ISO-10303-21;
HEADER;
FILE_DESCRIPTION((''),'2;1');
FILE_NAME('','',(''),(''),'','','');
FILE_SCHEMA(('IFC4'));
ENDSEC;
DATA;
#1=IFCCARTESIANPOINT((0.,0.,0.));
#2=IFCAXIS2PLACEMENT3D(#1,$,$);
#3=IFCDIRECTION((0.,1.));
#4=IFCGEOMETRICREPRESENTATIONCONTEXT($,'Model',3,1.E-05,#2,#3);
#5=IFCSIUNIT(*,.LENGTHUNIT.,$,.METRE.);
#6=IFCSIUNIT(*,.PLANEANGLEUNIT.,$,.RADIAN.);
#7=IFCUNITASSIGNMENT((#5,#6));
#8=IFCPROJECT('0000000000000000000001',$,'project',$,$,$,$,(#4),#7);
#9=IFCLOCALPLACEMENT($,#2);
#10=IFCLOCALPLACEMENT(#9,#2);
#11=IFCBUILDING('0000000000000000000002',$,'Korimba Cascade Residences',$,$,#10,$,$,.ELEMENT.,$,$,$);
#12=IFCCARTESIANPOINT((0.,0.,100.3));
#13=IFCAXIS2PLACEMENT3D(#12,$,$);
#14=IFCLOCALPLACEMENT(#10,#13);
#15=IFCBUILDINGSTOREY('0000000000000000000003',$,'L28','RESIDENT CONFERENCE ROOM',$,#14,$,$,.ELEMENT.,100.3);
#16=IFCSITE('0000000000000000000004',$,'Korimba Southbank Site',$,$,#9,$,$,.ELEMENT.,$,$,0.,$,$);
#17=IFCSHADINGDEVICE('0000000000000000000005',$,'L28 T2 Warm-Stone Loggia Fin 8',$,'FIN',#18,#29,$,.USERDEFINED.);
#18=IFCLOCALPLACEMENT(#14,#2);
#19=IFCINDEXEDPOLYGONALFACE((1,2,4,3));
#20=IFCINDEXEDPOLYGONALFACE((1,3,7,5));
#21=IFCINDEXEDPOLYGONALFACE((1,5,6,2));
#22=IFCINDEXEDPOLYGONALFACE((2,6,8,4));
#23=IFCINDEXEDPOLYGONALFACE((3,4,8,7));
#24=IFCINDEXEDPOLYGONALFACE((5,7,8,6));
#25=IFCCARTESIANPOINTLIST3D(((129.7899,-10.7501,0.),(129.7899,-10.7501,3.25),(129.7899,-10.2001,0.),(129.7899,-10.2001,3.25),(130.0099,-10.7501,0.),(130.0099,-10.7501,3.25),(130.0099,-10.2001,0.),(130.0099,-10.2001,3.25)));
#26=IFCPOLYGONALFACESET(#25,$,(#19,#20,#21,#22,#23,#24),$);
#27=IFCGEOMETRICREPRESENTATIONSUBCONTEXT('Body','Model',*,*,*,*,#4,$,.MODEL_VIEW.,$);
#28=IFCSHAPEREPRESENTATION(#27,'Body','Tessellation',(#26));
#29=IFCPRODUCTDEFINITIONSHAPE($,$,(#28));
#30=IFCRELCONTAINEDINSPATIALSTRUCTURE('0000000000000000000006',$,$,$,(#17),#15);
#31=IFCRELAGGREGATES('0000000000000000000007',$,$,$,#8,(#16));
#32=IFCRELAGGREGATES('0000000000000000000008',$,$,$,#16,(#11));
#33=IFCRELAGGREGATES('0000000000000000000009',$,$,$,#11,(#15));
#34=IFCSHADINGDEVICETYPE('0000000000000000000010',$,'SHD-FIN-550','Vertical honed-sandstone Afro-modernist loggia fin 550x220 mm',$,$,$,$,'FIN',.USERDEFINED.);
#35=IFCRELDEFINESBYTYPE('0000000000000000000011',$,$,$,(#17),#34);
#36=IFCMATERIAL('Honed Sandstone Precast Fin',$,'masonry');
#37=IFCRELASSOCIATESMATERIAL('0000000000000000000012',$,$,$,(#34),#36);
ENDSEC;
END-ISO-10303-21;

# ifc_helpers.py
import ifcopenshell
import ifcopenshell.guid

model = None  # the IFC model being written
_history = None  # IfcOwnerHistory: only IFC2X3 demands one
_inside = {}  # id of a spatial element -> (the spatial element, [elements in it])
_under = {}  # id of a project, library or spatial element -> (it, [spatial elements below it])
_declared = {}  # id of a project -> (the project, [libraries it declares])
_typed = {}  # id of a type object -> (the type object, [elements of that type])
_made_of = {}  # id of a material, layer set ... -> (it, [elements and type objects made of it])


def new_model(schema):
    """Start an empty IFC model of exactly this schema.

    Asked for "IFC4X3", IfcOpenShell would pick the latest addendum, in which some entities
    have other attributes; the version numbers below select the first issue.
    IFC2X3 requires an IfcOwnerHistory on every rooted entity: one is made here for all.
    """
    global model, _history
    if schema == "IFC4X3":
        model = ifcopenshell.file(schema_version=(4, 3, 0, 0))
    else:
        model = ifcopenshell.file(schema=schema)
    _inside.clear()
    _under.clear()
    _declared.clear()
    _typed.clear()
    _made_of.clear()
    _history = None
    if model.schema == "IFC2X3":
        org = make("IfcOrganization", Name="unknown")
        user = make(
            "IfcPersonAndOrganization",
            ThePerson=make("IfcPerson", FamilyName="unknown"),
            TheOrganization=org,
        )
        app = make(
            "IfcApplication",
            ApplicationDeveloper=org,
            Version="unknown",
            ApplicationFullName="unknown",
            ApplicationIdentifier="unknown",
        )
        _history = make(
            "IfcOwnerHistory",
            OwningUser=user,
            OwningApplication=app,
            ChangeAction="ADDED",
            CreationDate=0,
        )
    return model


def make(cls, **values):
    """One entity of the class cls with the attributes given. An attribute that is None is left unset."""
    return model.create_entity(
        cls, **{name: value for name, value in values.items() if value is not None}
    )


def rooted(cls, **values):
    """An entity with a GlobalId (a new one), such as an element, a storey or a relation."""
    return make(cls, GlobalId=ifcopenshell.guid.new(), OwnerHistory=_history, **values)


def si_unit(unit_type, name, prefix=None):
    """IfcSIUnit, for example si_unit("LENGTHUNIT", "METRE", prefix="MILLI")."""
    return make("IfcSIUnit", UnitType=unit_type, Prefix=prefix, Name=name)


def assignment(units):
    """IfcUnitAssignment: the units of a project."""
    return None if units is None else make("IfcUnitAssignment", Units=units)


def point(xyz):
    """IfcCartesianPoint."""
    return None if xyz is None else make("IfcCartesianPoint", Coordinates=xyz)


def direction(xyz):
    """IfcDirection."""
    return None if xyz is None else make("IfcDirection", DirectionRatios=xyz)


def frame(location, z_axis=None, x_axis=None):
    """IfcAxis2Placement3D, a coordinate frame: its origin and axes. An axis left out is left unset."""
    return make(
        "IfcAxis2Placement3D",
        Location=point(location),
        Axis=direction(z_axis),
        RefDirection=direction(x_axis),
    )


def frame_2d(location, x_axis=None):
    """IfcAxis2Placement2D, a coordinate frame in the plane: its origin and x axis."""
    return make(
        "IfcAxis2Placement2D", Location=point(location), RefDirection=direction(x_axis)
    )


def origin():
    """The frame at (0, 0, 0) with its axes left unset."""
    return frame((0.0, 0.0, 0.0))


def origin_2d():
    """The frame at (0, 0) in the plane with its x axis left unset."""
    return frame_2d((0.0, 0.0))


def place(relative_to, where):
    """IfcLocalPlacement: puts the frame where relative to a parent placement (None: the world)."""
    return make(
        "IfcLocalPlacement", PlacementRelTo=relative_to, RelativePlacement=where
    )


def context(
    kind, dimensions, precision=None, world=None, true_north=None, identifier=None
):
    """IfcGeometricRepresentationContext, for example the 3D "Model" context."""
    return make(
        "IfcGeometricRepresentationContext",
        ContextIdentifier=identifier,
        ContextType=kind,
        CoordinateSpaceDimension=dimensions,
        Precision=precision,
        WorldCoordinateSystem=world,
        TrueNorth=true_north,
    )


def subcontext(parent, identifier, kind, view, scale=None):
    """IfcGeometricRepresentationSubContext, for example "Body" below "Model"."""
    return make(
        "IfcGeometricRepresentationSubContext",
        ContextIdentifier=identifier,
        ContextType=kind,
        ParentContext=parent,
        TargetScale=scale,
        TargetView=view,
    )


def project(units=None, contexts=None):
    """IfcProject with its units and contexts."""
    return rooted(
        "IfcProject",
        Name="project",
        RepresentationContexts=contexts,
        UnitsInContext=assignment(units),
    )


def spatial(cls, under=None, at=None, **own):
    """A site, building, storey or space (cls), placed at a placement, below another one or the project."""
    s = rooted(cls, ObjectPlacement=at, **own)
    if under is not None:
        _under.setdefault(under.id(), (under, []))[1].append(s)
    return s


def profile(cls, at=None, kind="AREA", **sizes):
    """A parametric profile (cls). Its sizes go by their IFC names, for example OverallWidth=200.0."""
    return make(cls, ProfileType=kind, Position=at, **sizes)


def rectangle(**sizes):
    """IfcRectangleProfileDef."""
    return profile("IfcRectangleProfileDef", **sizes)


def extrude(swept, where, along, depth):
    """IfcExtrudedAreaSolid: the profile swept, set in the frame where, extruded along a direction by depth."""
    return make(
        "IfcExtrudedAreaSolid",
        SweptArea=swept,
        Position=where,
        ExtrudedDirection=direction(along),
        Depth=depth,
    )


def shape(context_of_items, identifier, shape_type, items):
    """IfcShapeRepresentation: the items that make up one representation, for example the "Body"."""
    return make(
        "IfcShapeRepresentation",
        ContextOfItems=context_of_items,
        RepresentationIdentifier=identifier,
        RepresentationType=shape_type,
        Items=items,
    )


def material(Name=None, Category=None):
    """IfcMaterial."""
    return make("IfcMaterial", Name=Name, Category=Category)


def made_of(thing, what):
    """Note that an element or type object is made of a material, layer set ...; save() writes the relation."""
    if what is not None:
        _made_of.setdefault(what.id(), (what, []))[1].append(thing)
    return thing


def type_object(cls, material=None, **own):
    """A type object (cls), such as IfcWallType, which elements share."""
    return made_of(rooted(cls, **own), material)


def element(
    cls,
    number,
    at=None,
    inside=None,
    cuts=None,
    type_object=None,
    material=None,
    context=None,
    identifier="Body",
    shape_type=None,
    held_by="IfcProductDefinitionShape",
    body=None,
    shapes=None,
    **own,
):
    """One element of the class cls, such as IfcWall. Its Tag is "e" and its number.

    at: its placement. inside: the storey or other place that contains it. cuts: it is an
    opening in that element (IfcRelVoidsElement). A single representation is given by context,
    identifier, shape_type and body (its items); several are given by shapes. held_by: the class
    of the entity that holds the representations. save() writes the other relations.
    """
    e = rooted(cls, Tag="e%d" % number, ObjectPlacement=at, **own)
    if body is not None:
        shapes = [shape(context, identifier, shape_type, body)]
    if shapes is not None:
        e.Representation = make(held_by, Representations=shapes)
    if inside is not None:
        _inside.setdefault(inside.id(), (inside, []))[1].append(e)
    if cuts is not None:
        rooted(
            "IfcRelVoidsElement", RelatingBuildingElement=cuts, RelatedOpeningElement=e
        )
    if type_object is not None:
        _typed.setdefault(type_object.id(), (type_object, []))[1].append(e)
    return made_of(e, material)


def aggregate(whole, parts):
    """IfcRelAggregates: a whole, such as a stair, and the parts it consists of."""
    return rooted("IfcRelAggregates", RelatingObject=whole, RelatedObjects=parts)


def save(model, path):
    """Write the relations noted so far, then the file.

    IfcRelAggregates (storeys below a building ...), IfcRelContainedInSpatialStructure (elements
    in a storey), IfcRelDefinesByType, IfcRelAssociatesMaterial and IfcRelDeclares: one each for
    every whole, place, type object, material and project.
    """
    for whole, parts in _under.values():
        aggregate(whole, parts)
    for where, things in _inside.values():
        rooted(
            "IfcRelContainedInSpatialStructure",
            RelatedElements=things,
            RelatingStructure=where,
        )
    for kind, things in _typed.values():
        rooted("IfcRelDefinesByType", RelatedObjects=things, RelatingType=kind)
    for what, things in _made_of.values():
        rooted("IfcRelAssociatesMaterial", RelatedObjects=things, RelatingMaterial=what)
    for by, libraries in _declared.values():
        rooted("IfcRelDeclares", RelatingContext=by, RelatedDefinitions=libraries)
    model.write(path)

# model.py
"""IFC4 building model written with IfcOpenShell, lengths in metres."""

from ifc_helpers import new_model, si_unit, direction, frame, origin, origin_2d, place, context, subcontext, project, spatial, rectangle, extrude, material, type_object, element, save


model = new_model("IFC4")

# Units and contexts
model_context = context("Model", 3, precision=1e-05, world=origin(), true_north=direction((0.0, 1.0)))
body_context = subcontext(model_context, "Body", "Model", "MODEL_VIEW")
ifc_project = project(units=[si_unit("LENGTHUNIT", "METRE"), si_unit("PLANEANGLEUNIT", "RADIAN")], contexts=[model_context])

# Site, building, storey
site_placement = place(None, origin())
site = spatial("IfcSite", under=ifc_project, at=site_placement, Name="Korimba Southbank Site", CompositionType="ELEMENT", RefElevation=0.0)
building_placement = place(site_placement, origin())
building = spatial("IfcBuilding", under=site, at=building_placement, Name="Korimba Cascade Residences", CompositionType="ELEMENT")
storey_placement = place(building_placement, frame((0.0, 0.0, 100.3)))
storey = spatial("IfcBuildingStorey", under=building, at=storey_placement, Name="L28", Description="RESIDENT CONFERENCE ROOM", CompositionType="ELEMENT", Elevation=100.3)

# Shading device
ifc_material_1 = material(Name="Honed Sandstone Precast Fin", Category="masonry")
shading_device_type = type_object("IfcShadingDeviceType", Name="SHD-FIN-550", Description="Vertical honed-sandstone Afro-modernist loggia fin 550x220 mm", ElementType="FIN", PredefinedType="USERDEFINED", material=ifc_material_1)
for number, where, z_axis, x_axis, name in (
    (1, (129.8999, -10.4751, 0.0), (0.0, 0.0, 1.0), (1.0, 0.0, 0.0), "L28 T2 Warm-Stone Loggia Fin 8"),
):
    element("IfcShadingDevice", number, at=place(storey_placement, frame(where, z_axis=z_axis, x_axis=x_axis)), inside=storey, type_object=shading_device_type, Name=name, ObjectType="FIN", PredefinedType="USERDEFINED", context=body_context, shape_type="SweptSolid", body=[
        extrude(rectangle(XDim=0.22, YDim=0.55, at=origin_2d()), origin(), (0.0, 0.0, 1.0), 3.25),
    ])

save(model, "model.ifc")
